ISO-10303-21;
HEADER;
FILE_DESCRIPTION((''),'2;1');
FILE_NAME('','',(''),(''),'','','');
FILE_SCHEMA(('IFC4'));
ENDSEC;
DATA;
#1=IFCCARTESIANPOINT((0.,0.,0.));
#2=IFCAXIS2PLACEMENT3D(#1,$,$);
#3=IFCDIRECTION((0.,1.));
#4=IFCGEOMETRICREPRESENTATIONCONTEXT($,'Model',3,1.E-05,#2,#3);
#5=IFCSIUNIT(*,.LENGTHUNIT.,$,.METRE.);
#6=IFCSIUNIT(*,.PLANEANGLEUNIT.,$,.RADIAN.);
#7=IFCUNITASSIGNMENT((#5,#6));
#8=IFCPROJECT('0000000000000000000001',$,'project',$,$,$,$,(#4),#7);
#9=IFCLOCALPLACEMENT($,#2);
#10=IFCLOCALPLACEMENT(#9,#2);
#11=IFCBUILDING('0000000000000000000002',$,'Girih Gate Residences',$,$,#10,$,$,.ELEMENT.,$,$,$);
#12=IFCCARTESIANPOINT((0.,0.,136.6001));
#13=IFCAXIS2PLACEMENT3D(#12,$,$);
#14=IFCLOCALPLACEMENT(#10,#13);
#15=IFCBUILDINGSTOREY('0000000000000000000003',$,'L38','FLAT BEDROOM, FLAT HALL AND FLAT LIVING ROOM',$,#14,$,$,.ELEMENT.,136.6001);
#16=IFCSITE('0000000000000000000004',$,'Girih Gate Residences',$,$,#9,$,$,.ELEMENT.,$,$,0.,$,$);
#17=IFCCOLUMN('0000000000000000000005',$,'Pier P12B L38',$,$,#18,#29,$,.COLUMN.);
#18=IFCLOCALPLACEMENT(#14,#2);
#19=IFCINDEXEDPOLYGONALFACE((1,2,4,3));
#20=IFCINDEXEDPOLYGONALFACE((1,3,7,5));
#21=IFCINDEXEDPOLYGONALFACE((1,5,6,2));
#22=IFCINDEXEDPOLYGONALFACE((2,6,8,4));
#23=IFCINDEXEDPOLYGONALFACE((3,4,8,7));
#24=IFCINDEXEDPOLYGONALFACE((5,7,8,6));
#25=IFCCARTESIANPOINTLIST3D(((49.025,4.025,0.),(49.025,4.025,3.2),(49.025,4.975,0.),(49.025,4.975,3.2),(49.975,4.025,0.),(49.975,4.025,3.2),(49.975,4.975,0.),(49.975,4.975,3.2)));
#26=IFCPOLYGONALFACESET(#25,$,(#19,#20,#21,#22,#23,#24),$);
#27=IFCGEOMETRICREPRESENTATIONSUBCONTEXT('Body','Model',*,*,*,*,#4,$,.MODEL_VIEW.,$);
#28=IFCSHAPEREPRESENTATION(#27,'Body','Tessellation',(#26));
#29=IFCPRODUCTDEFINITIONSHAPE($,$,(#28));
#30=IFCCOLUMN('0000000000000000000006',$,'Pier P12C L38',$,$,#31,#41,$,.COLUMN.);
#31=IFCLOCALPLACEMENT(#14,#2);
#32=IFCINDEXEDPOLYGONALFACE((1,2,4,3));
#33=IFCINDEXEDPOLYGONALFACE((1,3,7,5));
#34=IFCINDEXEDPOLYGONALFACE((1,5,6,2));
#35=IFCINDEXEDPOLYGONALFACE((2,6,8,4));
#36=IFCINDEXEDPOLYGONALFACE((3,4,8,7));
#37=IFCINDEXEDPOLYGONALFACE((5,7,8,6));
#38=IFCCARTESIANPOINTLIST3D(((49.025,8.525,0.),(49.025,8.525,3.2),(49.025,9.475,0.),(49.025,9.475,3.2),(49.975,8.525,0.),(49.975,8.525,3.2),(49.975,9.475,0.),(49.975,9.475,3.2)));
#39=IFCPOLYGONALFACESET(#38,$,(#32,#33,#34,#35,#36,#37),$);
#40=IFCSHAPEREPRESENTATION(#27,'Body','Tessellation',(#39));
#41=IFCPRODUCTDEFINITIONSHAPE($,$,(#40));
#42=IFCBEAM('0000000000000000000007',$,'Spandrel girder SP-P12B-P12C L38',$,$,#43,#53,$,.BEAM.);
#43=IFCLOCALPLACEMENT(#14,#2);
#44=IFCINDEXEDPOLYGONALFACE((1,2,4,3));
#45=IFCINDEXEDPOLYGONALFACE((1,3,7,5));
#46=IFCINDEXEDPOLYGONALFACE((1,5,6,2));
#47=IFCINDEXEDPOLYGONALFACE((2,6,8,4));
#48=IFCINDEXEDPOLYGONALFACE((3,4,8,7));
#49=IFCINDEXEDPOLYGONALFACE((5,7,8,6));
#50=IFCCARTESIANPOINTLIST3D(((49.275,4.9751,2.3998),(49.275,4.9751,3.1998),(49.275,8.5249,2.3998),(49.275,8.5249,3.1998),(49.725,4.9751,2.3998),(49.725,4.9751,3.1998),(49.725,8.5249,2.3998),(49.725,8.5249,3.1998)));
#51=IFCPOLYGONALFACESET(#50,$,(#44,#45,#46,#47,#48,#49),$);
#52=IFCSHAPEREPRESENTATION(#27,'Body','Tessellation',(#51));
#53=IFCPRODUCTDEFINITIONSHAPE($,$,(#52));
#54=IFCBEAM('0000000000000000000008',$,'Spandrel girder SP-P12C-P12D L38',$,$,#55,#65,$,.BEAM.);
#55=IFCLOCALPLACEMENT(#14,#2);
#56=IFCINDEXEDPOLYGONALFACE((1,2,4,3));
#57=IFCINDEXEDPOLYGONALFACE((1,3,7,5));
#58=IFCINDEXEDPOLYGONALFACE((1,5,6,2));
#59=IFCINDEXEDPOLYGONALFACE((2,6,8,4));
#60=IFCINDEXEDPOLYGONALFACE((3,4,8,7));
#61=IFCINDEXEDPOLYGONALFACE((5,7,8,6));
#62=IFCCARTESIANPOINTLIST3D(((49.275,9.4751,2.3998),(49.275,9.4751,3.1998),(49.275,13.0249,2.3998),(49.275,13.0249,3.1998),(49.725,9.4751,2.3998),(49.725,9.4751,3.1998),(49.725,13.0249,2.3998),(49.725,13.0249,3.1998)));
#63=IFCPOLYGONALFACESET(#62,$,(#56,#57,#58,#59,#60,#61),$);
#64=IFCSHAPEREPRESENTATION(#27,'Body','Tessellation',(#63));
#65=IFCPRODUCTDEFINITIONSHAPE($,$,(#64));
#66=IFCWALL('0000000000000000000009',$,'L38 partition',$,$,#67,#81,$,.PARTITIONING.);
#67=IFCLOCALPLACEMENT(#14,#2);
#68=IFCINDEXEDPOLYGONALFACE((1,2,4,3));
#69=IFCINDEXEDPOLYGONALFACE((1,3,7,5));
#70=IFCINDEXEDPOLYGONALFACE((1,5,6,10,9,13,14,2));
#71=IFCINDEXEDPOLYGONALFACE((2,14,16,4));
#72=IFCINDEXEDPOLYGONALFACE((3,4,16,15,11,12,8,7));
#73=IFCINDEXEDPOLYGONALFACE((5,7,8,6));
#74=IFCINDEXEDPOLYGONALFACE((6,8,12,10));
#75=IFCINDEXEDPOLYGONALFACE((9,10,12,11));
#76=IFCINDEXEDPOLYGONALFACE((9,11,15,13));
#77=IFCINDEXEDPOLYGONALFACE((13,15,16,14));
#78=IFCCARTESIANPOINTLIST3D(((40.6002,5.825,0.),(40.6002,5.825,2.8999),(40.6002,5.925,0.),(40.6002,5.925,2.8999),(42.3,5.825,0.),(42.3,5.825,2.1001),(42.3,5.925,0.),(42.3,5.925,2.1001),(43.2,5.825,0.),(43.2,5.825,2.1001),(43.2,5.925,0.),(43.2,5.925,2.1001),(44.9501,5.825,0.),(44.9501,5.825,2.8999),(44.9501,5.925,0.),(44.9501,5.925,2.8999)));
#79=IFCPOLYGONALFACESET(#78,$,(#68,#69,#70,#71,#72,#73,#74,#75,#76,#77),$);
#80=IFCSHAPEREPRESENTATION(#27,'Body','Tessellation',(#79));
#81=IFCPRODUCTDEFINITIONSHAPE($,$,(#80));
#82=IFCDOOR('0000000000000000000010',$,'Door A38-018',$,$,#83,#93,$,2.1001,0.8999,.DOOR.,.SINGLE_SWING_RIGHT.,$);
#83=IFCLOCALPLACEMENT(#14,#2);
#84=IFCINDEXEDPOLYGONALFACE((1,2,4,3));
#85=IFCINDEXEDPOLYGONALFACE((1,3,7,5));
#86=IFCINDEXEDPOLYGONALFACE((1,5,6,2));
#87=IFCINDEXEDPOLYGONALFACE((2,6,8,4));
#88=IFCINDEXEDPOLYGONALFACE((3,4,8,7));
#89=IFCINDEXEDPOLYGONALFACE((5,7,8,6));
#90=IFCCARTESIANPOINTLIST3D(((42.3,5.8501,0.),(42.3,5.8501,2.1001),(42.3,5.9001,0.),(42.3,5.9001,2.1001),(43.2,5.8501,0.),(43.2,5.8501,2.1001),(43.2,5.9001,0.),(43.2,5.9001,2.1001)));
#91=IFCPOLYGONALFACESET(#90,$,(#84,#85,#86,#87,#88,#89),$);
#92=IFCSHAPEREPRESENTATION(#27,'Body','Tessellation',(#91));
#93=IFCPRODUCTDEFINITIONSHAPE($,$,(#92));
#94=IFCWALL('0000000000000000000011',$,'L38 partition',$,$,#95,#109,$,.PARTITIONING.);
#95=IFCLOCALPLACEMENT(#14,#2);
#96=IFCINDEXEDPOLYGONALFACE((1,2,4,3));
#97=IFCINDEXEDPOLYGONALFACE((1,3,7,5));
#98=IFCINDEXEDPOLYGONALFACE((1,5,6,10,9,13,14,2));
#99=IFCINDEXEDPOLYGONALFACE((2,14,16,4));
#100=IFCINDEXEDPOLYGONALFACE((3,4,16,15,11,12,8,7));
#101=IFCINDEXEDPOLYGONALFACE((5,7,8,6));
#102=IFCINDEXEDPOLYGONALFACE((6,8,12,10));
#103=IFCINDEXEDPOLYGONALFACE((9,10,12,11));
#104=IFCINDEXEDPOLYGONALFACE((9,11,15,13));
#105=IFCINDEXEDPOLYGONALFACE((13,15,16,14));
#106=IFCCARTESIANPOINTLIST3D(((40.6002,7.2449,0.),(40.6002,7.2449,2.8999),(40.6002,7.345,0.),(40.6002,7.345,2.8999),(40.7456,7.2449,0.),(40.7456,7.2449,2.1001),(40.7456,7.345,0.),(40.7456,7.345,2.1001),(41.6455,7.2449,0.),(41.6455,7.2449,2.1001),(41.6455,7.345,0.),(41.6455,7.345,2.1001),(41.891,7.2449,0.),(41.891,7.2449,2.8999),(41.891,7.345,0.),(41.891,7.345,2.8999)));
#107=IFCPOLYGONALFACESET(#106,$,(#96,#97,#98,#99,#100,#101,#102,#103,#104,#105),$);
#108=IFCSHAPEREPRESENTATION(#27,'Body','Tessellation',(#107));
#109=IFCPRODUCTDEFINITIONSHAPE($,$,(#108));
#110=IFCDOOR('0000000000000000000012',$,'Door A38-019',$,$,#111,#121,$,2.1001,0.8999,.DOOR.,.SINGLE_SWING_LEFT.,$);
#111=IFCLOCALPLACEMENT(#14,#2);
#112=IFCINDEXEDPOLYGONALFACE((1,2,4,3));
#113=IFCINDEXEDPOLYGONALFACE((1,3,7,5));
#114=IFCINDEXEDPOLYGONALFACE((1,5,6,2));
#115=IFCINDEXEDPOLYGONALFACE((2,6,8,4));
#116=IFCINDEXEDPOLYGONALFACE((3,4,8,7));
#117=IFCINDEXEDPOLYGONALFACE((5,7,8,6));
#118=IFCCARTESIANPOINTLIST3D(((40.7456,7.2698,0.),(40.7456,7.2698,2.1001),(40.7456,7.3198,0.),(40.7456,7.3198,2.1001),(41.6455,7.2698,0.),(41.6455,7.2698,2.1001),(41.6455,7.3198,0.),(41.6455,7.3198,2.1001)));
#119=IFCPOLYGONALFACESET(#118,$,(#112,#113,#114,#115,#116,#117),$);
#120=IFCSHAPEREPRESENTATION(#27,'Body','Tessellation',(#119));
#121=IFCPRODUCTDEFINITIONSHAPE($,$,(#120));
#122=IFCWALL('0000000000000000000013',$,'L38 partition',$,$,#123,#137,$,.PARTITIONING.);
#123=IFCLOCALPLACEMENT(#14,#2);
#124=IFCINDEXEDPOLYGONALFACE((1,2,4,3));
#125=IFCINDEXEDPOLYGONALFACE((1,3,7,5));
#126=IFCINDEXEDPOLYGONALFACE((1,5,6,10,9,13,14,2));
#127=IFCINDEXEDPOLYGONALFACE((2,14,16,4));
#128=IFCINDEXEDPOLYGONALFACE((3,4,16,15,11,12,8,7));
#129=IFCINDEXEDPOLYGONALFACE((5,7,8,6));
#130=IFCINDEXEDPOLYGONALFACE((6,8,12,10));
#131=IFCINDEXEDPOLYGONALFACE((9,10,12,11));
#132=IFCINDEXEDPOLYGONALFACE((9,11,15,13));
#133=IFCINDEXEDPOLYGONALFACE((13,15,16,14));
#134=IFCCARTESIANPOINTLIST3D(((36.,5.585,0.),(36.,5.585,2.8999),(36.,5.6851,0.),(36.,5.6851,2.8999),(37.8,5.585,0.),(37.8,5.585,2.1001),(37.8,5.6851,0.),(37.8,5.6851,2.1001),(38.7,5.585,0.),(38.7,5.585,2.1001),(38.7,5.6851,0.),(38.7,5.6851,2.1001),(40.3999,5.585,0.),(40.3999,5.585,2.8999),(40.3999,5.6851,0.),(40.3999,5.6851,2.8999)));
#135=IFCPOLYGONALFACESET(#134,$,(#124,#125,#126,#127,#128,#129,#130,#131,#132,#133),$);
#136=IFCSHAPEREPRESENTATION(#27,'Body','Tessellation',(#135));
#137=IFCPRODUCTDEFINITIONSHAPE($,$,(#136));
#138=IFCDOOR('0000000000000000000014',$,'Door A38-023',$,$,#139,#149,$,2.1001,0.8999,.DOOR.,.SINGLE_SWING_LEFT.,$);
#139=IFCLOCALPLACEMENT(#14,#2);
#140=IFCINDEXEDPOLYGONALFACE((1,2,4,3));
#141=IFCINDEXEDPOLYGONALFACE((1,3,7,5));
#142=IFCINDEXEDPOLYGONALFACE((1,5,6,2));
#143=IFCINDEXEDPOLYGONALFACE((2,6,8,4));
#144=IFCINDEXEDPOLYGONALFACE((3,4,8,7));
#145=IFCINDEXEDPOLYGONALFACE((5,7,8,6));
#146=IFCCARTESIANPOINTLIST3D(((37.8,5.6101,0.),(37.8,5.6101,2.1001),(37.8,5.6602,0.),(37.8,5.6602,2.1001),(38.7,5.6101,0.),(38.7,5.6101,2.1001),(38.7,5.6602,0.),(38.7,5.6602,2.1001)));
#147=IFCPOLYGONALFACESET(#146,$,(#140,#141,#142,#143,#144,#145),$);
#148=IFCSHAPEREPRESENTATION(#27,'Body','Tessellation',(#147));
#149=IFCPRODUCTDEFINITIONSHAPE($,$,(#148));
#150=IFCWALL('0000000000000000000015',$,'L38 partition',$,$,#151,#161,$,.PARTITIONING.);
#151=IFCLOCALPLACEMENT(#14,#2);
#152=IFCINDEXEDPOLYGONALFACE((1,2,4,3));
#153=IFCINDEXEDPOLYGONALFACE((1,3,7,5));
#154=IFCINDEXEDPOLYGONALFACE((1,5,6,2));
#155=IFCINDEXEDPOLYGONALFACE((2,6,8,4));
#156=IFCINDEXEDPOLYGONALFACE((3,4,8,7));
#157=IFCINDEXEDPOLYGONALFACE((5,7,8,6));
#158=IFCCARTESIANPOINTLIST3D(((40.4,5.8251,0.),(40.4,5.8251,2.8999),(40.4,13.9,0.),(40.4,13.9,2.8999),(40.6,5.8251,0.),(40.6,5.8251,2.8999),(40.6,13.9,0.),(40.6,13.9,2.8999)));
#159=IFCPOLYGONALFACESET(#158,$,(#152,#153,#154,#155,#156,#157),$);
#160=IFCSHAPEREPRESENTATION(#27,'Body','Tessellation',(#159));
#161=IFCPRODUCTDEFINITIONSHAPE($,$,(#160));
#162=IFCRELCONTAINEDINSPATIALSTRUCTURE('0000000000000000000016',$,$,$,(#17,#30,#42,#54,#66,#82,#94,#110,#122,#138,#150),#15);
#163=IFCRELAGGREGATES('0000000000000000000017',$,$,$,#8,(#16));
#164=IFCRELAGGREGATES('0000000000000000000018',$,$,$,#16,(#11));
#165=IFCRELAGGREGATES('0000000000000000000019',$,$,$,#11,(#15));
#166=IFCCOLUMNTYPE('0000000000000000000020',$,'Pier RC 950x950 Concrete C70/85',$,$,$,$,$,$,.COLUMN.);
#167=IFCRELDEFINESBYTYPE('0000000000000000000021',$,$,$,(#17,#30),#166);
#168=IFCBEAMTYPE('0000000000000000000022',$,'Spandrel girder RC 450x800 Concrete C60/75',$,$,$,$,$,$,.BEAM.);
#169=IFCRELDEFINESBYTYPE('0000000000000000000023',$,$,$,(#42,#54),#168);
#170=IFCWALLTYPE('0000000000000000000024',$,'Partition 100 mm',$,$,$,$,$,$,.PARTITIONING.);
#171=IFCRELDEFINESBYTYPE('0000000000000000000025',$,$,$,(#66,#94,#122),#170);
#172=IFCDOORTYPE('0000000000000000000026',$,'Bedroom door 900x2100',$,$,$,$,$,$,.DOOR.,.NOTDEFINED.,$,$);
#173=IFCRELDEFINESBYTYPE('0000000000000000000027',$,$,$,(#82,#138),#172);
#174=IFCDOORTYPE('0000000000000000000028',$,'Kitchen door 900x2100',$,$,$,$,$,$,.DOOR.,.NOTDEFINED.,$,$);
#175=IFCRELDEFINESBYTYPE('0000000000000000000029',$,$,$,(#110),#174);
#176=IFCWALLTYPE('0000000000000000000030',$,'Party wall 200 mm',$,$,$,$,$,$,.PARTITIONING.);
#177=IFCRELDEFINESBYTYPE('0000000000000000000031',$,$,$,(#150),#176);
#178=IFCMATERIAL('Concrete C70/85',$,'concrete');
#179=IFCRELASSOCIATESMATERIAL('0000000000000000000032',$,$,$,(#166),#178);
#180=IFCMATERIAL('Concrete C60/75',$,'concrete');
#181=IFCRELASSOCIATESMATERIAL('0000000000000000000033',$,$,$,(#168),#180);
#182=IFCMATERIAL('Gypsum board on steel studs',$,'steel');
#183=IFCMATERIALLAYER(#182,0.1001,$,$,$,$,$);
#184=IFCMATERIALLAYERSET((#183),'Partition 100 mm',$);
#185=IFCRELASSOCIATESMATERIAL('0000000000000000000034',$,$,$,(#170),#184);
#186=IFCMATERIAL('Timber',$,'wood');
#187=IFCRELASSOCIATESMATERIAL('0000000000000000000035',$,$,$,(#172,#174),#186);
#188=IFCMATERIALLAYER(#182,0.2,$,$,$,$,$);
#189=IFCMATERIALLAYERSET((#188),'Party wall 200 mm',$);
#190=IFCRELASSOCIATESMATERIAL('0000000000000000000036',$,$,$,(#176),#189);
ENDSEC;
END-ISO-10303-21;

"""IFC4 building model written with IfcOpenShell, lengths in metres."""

from ifc_helpers import new_model, si_unit, direction, frame, frame_2d, origin, origin_2d, place, context, subcontext, project, spatial, rectangle, extrude, material, layer, layer_set, material_profile, profile_set, type_object, element, fill, save


model = new_model("IFC4")

# Units and contexts
model_context = context("Model", 3, precision=1e-05, world=origin(), true_north=direction((0.0, 1.0)))
body_context = subcontext(model_context, "Body", "Model", "MODEL_VIEW")
ifc_project = project(units=[si_unit("LENGTHUNIT", "METRE"), si_unit("PLANEANGLEUNIT", "RADIAN")], contexts=[model_context])

# Site, building, storey
site_placement = place(None, origin())
site = spatial("IfcSite", under=ifc_project, at=site_placement, Name="Girih Gate Residences", CompositionType="ELEMENT", RefElevation=0.0)
building_placement = place(site_placement, origin())
building = spatial("IfcBuilding", under=site, at=building_placement, Name="Girih Gate Residences", CompositionType="ELEMENT")
storey_placement = place(building_placement, frame((0.0, 0.0, 136.6001)))
storey = spatial("IfcBuildingStorey", under=building, at=storey_placement, Name="L38", Description="FLAT BEDROOM, FLAT HALL AND FLAT LIVING ROOM", CompositionType="ELEMENT", Elevation=136.6001)

# Columns
ifc_material_1 = material(Name="Concrete C70/85", Category="concrete")
ifc_material_profile_1 = material_profile(ifc_material_1, rectangle(XDim=0.95, YDim=0.95, at=origin_2d()))
ifc_profile_set_1 = profile_set([ifc_material_profile_1], Name="Concrete C70/85")
column_type = type_object("IfcColumnType", Name="Pier RC 950x950 Concrete C70/85", PredefinedType="COLUMN", material=ifc_profile_set_1)
for number, where, z_axis, x_axis, name in (
    (1, (49.5, 4.5, 0.0), (0.0, 0.0, 1.0), (1.0, 0.0, 0.0), "Pier P12B L38"),
    (2, (49.5, 9.0, 0.0), (0.0, 0.0, 1.0), (1.0, 0.0, 0.0), "Pier P12C L38"),
):
    element("IfcColumn", number, at=place(storey_placement, frame(where, z_axis=z_axis, x_axis=x_axis)), inside=storey, type_object=column_type, Name=name, PredefinedType="COLUMN", context=body_context, shape_type="SweptSolid", body=[
        extrude(rectangle(XDim=0.95, YDim=0.95, at=origin_2d()), origin(), (0.0, 0.0, 1.0), 3.2),
    ])

# Beams
ifc_material_2 = material(Name="Concrete C60/75", Category="concrete")
ifc_material_profile_2 = material_profile(ifc_material_2, rectangle(XDim=0.45, YDim=0.8, at=origin_2d()))
ifc_profile_set_2 = profile_set([ifc_material_profile_2], Name="Concrete C60/75")
beam_type = type_object("IfcBeamType", Name="Spandrel girder RC 450x800 Concrete C60/75", PredefinedType="BEAM", material=ifc_profile_set_2)
for number, where, z_axis, x_axis, name in (
    (3, (49.5, 4.9751, 2.7998), (0.0, 1.0, 0.0), (-1.0, 0.0, 0.0), "Spandrel girder SP-P12B-P12C L38"),
    (4, (49.5, 9.4751, 2.7998), (0.0, 1.0, 0.0), (-1.0, 0.0, 0.0), "Spandrel girder SP-P12C-P12D L38"),
):
    element("IfcBeam", number, at=place(storey_placement, frame(where, z_axis=z_axis, x_axis=x_axis)), inside=storey, type_object=beam_type, Name=name, PredefinedType="BEAM", context=body_context, shape_type="SweptSolid", body=[
        extrude(rectangle(XDim=0.45, YDim=0.8, at=origin_2d()), origin(), (0.0, 0.0, 1.0), 3.5498),
    ])

# Walls, openings, doors
ifc_material_3 = material(Name="Gypsum board on steel studs", Category="steel")
ifc_layer_1 = layer(ifc_material_3, 0.1001)
ifc_layer_set_1 = layer_set([ifc_layer_1], Name="Partition 100 mm")
wall_type_1 = type_object("IfcWallType", Name="Partition 100 mm", PredefinedType="PARTITIONING", material=ifc_layer_set_1)
wall_1_placement = place(storey_placement, frame((44.95, 5.875, 0.0), z_axis=(0.0, 0.0, 1.0), x_axis=(-1.0, 0.0, 0.0)))
wall_1 = element("IfcWall", 5, at=wall_1_placement, inside=storey, type_object=wall_type_1, Name="L38 partition", PredefinedType="PARTITIONING", context=body_context, shape_type="SweptSolid", body=[
    extrude(rectangle(XDim=4.3499, YDim=0.1001, at=frame_2d((2.1748, 0.0))), origin(), (0.0, 0.0, 1.0), 2.8999),
])
opening_1_placement = place(wall_1_placement, frame((1.75, 0.0, 0.0)))
opening_1 = element("IfcOpeningElement", 6, at=opening_1_placement, cuts=wall_1, PredefinedType="OPENING", context=body_context, shape_type="SweptSolid", body=[
    extrude(rectangle(XDim=0.8999, YDim=2.1001, at=frame_2d((0.45, 1.05))), frame((0.0, 0.0601, 0.0), z_axis=(0.0, -1.0, 0.0), x_axis=(1.0, 0.0, 0.0)), (0.0, 0.0, 1.0), 0.1201),
])
ifc_material_4 = material(Name="Timber", Category="wood")
door_type_1 = type_object("IfcDoorType", Name="Bedroom door 900x2100", OperationType="NOTDEFINED", PredefinedType="DOOR", material=ifc_material_4)
door_1_placement = place(opening_1_placement, origin())
door_1 = element("IfcDoor", 7, at=door_1_placement, inside=storey, type_object=door_type_1, Name="Door A38-018", OperationType="SINGLE_SWING_RIGHT", OverallHeight=2.1001, OverallWidth=0.8999, PredefinedType="DOOR", context=body_context, shape_type="SweptSolid", body=[
    extrude(rectangle(XDim=0.8999, YDim=2.1001, at=frame_2d((0.45, 1.05))), frame((0.0, 0.0249, 0.0), z_axis=(0.0, -1.0, 0.0), x_axis=(1.0, 0.0, 0.0)), (0.0, 0.0, 1.0), 0.05),
])
fill(opening_1, door_1)
wall_2_placement = place(storey_placement, frame((40.6001, 7.2949, 0.0), z_axis=(0.0, 0.0, 1.0), x_axis=(1.0, 0.0, 0.0)))
wall_2 = element("IfcWall", 8, at=wall_2_placement, inside=storey, type_object=wall_type_1, Name="L38 partition", PredefinedType="PARTITIONING", context=body_context, shape_type="SweptSolid", body=[
    extrude(rectangle(XDim=1.2908, YDim=0.1001, at=frame_2d((0.6455, 0.0))), origin(), (0.0, 0.0, 1.0), 2.8999),
])
opening_2_placement = place(wall_2_placement, frame((0.1455, 0.0, 0.0)))
opening_2 = element("IfcOpeningElement", 9, at=opening_2_placement, cuts=wall_2, PredefinedType="OPENING", context=body_context, shape_type="SweptSolid", body=[
    extrude(rectangle(XDim=0.8999, YDim=2.1001, at=frame_2d((0.45, 1.05))), frame((0.0, 0.0601, 0.0), z_axis=(0.0, -1.0, 0.0), x_axis=(1.0, 0.0, 0.0)), (0.0, 0.0, 1.0), 0.1201),
])
door_type_2 = type_object("IfcDoorType", Name="Kitchen door 900x2100", OperationType="NOTDEFINED", PredefinedType="DOOR", material=ifc_material_4)
door_2_placement = place(opening_2_placement, origin())
door_2 = element("IfcDoor", 10, at=door_2_placement, inside=storey, type_object=door_type_2, Name="Door A38-019", OperationType="SINGLE_SWING_LEFT", OverallHeight=2.1001, OverallWidth=0.8999, PredefinedType="DOOR", context=body_context, shape_type="SweptSolid", body=[
    extrude(rectangle(XDim=0.8999, YDim=2.1001, at=frame_2d((0.45, 1.05))), frame((0.0, 0.0249, 0.0), z_axis=(0.0, -1.0, 0.0), x_axis=(1.0, 0.0, 0.0)), (0.0, 0.0, 1.0), 0.05),
])
fill(opening_2, door_2)
wall_3_placement = place(storey_placement, frame((40.3999, 5.635, 0.0), z_axis=(0.0, 0.0, 1.0), x_axis=(-1.0, 0.0, 0.0)))
wall_3 = element("IfcWall", 11, at=wall_3_placement, inside=storey, type_object=wall_type_1, Name="L38 partition", PredefinedType="PARTITIONING", context=body_context, shape_type="SweptSolid", body=[
    extrude(rectangle(XDim=4.3999, YDim=0.1001, at=frame_2d((2.2, 0.0))), origin(), (0.0, 0.0, 1.0), 2.8999),
])
opening_3_placement = place(wall_3_placement, frame((1.7, 0.0, 0.0)))
opening_3 = element("IfcOpeningElement", 12, at=opening_3_placement, cuts=wall_3, PredefinedType="OPENING", context=body_context, shape_type="SweptSolid", body=[
    extrude(rectangle(XDim=0.8999, YDim=2.1001, at=frame_2d((0.45, 1.05))), frame((0.0, 0.0601, 0.0), z_axis=(0.0, -1.0, 0.0), x_axis=(1.0, 0.0, 0.0)), (0.0, 0.0, 1.0), 0.1201),
])
door_3_placement = place(opening_3_placement, origin())
door_3 = element("IfcDoor", 13, at=door_3_placement, inside=storey, type_object=door_type_1, Name="Door A38-023", OperationType="SINGLE_SWING_LEFT", OverallHeight=2.1001, OverallWidth=0.8999, PredefinedType="DOOR", context=body_context, shape_type="SweptSolid", body=[
    extrude(rectangle(XDim=0.8999, YDim=2.1001, at=frame_2d((0.45, 1.05))), frame((0.0, 0.0249, 0.0), z_axis=(0.0, -1.0, 0.0), x_axis=(1.0, 0.0, 0.0)), (0.0, 0.0, 1.0), 0.05),
])
fill(opening_3, door_3)

# Wall
ifc_layer_2 = layer(ifc_material_3, 0.2)
ifc_layer_set_2 = layer_set([ifc_layer_2], Name="Party wall 200 mm")
wall_type_2 = type_object("IfcWallType", Name="Party wall 200 mm", PredefinedType="PARTITIONING", material=ifc_layer_set_2)
wall_4_placement = place(storey_placement, frame((40.5, 5.825, 0.0), z_axis=(0.0, 0.0, 1.0), x_axis=(0.0, 1.0, 0.0)))
element("IfcWall", 14, at=wall_4_placement, inside=storey, type_object=wall_type_2, Name="L38 partition", PredefinedType="PARTITIONING", context=body_context, shape_type="SweptSolid", body=[
    extrude(rectangle(XDim=8.075, YDim=0.2, at=frame_2d((4.0376, 0.0))), origin(), (0.0, 0.0, 1.0), 2.8999),
])

save(model, "model.ifc")
